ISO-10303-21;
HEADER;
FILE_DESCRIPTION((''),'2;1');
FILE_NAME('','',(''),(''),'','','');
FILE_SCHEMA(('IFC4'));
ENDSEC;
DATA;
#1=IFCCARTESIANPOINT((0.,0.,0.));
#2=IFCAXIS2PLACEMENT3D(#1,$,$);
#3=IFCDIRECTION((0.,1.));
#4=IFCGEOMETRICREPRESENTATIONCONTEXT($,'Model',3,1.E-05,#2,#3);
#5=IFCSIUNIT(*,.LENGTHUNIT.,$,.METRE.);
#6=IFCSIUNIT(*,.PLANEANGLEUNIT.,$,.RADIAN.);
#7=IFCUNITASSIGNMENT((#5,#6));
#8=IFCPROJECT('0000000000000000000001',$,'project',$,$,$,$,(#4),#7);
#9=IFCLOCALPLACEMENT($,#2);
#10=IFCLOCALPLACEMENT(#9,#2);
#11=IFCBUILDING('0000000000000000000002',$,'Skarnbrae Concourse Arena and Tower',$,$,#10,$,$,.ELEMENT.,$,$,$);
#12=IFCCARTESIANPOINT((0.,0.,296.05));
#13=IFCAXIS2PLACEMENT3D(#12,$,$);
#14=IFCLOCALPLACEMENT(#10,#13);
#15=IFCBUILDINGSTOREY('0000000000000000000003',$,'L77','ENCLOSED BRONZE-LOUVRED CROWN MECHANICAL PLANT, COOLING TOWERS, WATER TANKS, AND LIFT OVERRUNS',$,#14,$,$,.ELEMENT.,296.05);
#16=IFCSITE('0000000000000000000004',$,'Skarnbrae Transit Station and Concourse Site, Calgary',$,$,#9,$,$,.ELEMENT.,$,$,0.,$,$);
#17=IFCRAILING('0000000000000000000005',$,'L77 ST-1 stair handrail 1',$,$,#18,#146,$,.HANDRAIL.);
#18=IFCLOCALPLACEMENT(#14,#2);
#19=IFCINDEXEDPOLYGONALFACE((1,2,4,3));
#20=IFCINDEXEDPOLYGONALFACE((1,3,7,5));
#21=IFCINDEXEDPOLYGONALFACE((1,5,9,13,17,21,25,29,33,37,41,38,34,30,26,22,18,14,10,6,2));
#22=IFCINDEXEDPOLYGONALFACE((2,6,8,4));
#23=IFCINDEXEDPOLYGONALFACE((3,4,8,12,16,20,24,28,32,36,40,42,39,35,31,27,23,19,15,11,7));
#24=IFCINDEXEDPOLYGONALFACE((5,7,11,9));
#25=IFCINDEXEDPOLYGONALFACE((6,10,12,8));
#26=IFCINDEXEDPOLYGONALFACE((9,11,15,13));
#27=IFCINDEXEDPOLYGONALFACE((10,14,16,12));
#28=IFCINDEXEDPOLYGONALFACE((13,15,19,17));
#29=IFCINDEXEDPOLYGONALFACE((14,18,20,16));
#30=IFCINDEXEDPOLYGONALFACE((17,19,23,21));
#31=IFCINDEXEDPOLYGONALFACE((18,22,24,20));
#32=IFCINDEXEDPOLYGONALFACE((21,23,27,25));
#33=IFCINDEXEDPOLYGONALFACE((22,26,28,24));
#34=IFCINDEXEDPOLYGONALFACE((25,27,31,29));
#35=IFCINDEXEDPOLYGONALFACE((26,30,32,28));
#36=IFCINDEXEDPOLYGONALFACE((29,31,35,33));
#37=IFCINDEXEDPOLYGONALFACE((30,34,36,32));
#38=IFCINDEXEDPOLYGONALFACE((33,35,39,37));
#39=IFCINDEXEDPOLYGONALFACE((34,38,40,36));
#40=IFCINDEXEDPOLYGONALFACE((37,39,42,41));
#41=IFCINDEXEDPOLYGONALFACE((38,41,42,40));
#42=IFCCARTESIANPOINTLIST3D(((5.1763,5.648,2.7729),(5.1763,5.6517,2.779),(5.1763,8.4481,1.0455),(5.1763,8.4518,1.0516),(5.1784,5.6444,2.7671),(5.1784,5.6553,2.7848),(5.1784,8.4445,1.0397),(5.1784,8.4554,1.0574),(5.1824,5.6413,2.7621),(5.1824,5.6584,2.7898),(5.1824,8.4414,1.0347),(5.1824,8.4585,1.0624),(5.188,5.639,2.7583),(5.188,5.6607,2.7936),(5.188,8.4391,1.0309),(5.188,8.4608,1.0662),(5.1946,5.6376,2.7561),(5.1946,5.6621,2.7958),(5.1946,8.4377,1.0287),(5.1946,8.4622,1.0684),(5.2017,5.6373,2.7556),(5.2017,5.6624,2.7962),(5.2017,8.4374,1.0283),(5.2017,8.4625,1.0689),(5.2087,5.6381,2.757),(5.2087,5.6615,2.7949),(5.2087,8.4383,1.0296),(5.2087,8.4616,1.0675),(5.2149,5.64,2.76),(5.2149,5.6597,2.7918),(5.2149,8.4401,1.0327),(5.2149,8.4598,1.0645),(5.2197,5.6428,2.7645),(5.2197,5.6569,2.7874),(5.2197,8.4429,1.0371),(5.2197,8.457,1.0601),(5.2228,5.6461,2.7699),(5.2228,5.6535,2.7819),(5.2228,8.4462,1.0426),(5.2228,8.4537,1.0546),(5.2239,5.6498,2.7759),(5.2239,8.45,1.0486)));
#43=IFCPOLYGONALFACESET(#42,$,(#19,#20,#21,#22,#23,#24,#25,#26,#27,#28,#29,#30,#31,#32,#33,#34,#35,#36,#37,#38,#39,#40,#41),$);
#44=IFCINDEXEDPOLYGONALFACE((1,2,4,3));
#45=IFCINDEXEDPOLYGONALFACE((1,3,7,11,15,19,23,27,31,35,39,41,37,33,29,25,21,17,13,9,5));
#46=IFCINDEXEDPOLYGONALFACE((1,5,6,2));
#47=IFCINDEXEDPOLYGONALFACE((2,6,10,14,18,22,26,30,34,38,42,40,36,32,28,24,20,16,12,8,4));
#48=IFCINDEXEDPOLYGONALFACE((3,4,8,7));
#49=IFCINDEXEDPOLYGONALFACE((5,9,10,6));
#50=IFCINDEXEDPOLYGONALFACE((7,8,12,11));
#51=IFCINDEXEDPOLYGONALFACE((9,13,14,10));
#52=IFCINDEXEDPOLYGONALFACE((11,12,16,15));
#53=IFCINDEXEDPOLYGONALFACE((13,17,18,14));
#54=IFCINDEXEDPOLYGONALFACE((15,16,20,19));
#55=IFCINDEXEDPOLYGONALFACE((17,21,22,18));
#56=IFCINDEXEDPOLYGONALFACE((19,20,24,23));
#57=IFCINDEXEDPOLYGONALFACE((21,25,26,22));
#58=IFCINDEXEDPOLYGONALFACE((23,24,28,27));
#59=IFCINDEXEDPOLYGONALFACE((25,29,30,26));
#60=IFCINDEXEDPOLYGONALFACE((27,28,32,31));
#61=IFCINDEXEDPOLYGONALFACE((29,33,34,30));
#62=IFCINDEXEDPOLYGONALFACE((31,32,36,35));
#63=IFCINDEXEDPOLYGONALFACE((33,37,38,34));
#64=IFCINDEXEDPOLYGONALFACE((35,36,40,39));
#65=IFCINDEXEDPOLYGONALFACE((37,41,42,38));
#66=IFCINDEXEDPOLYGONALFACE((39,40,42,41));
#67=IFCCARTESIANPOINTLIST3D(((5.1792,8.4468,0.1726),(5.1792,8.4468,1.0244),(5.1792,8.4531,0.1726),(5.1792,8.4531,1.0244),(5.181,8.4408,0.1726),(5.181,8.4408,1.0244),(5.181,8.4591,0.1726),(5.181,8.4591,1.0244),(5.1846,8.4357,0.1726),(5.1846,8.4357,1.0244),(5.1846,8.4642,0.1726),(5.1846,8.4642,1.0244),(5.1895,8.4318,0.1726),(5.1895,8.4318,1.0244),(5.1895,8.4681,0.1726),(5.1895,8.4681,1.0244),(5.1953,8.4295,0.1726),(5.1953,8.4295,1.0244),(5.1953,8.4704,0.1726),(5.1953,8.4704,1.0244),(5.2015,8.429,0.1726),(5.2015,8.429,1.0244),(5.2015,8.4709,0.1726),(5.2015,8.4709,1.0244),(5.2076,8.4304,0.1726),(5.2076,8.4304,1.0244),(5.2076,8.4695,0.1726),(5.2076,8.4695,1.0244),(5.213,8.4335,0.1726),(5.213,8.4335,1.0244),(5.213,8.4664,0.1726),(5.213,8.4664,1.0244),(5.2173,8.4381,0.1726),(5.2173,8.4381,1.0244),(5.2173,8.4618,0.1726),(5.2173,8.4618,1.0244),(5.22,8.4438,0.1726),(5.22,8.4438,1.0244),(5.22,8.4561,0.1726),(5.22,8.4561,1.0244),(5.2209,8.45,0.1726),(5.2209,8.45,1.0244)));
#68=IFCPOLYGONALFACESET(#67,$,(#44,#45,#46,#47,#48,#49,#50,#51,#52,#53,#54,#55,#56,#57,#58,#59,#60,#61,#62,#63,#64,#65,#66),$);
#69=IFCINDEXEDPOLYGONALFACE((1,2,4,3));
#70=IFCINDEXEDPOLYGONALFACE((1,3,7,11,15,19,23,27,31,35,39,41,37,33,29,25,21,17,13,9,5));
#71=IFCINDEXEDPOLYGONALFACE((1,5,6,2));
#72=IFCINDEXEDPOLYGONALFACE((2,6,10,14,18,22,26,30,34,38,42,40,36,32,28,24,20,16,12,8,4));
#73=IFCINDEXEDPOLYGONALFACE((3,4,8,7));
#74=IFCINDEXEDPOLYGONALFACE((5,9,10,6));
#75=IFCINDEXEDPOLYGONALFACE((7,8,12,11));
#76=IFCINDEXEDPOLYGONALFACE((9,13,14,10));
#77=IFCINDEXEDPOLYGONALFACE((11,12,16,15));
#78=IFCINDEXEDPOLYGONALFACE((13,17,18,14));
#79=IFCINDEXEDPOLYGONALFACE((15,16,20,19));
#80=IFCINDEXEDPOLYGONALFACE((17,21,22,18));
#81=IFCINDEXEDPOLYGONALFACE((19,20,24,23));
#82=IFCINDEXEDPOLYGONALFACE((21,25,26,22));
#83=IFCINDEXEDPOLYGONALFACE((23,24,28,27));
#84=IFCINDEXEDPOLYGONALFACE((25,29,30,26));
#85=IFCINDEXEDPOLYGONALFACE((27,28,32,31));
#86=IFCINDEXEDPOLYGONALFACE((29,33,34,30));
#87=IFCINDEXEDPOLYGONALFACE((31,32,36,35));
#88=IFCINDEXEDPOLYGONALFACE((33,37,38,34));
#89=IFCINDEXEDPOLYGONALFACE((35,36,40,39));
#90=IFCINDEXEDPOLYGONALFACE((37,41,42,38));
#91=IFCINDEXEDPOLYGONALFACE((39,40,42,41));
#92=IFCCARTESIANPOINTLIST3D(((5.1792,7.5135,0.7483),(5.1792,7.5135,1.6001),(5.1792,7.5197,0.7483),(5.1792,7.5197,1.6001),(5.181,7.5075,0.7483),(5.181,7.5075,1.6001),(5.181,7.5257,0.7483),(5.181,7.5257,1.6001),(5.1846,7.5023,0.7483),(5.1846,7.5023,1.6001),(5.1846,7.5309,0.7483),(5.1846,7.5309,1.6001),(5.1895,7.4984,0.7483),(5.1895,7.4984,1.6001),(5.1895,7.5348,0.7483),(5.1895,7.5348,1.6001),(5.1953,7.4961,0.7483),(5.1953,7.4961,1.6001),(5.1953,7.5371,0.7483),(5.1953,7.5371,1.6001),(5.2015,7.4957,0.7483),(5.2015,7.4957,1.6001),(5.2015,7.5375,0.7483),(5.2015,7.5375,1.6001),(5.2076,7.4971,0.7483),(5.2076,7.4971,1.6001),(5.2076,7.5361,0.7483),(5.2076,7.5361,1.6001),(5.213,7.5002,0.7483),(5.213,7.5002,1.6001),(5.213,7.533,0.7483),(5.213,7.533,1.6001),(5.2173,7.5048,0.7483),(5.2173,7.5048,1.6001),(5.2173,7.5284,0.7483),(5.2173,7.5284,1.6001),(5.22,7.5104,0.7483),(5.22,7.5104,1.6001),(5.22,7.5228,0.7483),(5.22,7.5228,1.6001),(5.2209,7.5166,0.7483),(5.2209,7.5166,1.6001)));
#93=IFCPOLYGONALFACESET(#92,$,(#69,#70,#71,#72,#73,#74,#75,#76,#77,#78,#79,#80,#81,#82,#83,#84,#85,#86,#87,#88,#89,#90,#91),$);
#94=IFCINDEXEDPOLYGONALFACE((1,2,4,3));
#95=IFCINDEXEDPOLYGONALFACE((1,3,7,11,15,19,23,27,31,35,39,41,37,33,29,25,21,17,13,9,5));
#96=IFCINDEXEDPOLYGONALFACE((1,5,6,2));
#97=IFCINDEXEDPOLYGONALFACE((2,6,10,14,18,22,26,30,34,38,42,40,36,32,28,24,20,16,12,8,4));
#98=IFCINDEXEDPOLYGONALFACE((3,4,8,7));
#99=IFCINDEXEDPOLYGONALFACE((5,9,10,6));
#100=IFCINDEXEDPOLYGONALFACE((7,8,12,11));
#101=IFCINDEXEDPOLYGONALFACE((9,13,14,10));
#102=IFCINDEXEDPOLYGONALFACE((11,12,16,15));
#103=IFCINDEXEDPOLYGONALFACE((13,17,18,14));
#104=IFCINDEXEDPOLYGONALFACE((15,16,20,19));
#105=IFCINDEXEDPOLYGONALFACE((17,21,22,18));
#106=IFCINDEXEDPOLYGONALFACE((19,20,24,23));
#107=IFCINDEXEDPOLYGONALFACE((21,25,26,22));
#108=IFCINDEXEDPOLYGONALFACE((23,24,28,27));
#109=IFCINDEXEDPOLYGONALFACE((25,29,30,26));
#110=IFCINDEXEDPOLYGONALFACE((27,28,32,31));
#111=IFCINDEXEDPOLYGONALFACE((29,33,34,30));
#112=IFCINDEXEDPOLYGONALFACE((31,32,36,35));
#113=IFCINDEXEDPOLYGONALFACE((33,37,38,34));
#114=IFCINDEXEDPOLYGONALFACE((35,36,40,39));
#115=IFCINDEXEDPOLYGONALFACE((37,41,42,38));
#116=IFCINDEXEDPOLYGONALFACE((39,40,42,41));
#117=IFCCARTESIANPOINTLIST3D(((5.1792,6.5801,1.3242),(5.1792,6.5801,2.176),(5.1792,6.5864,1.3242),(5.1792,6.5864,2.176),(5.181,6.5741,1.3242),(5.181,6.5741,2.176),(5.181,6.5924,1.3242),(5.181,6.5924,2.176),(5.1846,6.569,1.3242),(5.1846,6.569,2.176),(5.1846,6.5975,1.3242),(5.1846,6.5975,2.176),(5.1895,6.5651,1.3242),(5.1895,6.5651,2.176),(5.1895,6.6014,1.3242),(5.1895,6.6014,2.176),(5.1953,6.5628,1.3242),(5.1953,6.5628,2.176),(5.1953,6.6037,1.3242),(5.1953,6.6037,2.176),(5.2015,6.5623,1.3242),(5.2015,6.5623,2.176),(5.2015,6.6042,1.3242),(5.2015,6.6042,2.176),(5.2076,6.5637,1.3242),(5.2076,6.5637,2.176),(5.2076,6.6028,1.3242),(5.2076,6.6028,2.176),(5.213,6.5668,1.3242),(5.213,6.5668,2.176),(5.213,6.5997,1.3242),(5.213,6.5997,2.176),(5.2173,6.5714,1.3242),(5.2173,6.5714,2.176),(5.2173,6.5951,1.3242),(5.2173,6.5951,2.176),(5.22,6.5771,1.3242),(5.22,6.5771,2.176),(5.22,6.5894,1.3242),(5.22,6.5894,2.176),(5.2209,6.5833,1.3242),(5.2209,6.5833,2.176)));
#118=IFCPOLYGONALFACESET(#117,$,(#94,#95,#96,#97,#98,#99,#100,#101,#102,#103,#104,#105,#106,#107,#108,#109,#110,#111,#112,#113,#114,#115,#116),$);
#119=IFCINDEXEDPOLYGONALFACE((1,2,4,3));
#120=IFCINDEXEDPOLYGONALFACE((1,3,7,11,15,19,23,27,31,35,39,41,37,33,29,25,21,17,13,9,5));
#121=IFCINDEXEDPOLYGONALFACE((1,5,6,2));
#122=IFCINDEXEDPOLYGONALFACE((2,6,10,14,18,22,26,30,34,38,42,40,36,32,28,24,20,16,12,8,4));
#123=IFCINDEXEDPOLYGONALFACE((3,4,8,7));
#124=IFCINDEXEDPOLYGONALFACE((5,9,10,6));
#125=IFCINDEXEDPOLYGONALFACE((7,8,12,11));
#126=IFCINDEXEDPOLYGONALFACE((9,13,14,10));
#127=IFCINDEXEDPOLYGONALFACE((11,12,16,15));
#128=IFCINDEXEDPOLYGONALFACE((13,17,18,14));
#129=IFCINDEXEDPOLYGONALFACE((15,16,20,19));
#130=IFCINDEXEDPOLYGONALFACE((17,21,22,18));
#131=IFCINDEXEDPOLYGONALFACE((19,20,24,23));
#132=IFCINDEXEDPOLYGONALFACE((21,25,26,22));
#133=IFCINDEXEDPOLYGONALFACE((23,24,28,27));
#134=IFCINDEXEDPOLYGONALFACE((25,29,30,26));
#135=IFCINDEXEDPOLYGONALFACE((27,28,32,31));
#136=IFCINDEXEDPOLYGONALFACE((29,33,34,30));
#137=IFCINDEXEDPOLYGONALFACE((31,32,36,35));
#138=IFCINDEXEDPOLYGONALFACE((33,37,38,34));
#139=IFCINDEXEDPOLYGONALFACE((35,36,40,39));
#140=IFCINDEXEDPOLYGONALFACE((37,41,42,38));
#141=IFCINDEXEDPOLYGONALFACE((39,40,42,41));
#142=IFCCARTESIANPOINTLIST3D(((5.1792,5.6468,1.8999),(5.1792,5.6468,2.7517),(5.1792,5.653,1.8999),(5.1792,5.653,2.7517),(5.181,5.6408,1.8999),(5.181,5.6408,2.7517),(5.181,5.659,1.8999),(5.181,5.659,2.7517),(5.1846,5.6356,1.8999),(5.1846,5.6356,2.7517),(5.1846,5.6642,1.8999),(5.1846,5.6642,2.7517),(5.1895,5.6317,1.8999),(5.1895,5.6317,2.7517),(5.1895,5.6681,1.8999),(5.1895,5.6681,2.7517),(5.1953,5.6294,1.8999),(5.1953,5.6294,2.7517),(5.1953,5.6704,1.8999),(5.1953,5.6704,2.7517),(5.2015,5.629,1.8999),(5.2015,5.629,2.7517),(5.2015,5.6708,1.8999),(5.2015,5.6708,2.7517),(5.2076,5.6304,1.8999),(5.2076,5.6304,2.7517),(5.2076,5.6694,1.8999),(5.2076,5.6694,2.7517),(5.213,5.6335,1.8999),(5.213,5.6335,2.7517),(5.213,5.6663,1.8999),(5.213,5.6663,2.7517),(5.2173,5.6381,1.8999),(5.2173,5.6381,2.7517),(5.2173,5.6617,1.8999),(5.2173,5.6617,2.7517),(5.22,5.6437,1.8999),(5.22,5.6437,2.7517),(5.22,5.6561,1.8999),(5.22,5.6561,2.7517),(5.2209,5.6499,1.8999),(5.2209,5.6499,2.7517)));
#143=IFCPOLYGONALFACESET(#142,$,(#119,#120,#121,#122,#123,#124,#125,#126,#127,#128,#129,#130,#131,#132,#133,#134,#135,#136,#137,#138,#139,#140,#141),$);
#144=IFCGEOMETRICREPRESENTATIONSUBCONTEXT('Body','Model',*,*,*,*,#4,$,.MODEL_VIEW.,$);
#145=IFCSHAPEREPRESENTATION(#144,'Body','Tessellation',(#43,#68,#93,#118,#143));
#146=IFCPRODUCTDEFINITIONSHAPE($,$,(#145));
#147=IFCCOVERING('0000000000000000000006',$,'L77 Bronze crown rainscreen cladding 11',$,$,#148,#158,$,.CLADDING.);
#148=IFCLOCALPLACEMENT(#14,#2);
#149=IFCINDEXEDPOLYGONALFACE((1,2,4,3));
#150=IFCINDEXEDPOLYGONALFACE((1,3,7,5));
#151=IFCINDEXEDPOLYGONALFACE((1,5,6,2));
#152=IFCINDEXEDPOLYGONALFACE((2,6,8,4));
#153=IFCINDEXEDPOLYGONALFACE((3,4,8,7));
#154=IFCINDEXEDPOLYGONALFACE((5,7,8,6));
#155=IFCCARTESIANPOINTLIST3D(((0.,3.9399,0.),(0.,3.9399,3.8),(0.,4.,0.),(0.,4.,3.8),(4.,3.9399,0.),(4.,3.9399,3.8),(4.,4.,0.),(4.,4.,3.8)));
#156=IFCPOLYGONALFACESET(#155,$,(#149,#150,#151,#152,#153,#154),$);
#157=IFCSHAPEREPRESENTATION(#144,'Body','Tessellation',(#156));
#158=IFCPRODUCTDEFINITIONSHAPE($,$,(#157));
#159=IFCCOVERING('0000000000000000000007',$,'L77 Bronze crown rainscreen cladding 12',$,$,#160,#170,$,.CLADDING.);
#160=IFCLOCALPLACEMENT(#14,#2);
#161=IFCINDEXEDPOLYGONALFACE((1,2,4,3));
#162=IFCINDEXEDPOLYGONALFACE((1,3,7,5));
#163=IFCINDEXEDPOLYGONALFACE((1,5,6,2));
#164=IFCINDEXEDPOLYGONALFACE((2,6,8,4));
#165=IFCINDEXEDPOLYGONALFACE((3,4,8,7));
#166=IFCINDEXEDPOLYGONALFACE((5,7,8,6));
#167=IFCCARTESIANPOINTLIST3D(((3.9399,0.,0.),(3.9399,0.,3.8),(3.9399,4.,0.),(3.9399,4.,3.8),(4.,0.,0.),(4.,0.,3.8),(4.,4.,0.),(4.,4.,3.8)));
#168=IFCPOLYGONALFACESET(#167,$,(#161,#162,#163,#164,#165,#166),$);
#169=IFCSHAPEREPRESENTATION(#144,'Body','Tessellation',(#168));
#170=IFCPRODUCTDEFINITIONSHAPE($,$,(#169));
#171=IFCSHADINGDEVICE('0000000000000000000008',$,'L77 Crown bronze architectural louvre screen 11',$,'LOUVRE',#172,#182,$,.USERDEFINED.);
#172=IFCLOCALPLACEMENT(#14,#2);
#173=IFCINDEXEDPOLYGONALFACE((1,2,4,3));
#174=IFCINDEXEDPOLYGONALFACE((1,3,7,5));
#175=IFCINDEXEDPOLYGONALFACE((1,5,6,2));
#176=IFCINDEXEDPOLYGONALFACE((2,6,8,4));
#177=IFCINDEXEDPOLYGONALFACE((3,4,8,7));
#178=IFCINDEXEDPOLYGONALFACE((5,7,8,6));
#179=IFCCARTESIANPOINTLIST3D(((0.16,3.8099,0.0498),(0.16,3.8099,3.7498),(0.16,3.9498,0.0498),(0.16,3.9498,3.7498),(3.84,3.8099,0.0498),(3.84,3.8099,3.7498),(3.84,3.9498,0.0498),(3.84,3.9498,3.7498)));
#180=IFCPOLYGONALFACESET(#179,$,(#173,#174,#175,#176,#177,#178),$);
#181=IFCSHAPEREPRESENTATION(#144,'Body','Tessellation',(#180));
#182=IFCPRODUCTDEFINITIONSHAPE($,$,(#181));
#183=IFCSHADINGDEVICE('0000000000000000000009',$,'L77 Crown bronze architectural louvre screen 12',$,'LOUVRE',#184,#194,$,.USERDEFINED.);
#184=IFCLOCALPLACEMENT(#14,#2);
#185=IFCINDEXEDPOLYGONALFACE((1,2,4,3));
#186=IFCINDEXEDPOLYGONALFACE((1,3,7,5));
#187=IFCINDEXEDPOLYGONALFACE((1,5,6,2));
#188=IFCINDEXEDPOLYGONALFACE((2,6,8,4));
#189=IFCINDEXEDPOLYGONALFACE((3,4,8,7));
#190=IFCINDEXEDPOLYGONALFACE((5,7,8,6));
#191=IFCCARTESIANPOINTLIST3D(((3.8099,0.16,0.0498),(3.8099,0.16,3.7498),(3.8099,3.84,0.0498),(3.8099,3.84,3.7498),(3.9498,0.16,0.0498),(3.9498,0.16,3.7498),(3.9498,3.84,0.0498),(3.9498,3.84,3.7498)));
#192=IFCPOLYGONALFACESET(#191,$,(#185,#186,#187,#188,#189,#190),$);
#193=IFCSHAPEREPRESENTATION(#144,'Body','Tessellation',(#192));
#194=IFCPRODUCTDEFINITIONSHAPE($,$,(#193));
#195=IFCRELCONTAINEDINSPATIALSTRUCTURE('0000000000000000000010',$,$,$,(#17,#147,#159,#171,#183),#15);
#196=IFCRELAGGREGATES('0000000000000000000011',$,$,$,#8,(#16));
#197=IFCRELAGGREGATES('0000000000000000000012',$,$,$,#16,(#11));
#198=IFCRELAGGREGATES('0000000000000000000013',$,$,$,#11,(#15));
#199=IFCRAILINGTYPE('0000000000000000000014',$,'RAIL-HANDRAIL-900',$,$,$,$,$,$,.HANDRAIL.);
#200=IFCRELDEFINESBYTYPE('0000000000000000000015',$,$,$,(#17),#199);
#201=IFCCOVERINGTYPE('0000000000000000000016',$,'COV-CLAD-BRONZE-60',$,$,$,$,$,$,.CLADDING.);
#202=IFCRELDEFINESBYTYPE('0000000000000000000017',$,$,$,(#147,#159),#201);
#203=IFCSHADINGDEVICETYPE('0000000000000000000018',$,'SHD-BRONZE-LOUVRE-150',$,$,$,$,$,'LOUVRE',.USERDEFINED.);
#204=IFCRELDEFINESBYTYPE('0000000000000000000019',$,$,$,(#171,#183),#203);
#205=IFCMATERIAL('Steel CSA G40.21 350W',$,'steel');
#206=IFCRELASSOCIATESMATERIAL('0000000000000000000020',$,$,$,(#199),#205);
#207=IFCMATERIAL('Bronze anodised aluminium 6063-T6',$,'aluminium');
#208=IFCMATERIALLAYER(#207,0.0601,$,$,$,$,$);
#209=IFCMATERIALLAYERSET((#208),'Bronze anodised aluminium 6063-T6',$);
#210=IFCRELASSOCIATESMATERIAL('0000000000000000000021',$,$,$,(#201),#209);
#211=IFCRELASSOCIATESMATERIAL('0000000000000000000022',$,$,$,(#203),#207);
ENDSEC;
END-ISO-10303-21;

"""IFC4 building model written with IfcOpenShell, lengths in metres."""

from ifc_helpers import new_model, si_unit, direction, frame, origin, origin_2d, place, context, subcontext, project, spatial, rectangle, circle, extrude, source, transform, mapped, material, layer, layer_set, type_object, element, save


model = new_model("IFC4")

# Units and contexts
model_context = context("Model", 3, precision=1e-05, world=origin(), true_north=direction((0.0, 1.0)))
body_context = subcontext(model_context, "Body", "Model", "MODEL_VIEW")
ifc_project = project(units=[si_unit("LENGTHUNIT", "METRE"), si_unit("PLANEANGLEUNIT", "RADIAN")], contexts=[model_context])

# Site, building, storey
site_placement = place(None, origin())
site = spatial("IfcSite", under=ifc_project, at=site_placement, Name="Skarnbrae Transit Station and Concourse Site, Calgary", CompositionType="ELEMENT", RefElevation=0.0)
building_placement = place(site_placement, origin())
building = spatial("IfcBuilding", under=site, at=building_placement, Name="Skarnbrae Concourse Arena and Tower", CompositionType="ELEMENT")
storey_placement = place(building_placement, frame((0.0, 0.0, 296.05)))
storey = spatial("IfcBuildingStorey", under=building, at=storey_placement, Name="L77", Description="ENCLOSED BRONZE-LOUVRED CROWN MECHANICAL PLANT, COOLING TOWERS, WATER TANKS, AND LIFT OVERRUNS", CompositionType="ELEMENT", Elevation=296.05)

# Shared definitions
ifc_material_1 = material(Name="Steel CSA G40.21 350W", Category="steel")

# Railing
railing_type = type_object("IfcRailingType", Name="RAIL-HANDRAIL-900", PredefinedType="HANDRAIL", material=ifc_material_1)
railing_placement = place(storey_placement, frame((5.2, 8.45, 0.1726)))
element("IfcRailing", 1, at=railing_placement, inside=storey, type_object=railing_type, Name="L77 ST-1 stair handrail 1", PredefinedType="HANDRAIL", context=body_context, shape_type="SweptSolid", body=[
    extrude(circle(Radius=0.0239, at=origin_2d()), frame((0.0, 0.0, 0.876), z_axis=(0.0, -0.85109, 0.52502), x_axis=(1.0, 0.0, 0.0)), (0.0, 0.0, 1.0), 3.29),
    extrude(circle(Radius=0.021, at=origin_2d()), origin(), (0.0, 0.0, 1.0), 0.8518),
    extrude(circle(Radius=0.021, at=origin_2d()), frame((0.0, -0.9333, 0.5757)), (0.0, 0.0, 1.0), 0.8518),
    extrude(circle(Radius=0.021, at=origin_2d()), frame((0.0, -1.8667, 1.1516)), (0.0, 0.0, 1.0), 0.8518),
    extrude(circle(Radius=0.021, at=origin_2d()), frame((0.0, -2.8, 1.7273)), (0.0, 0.0, 1.0), 0.8518),
])

# Coverings
ifc_material_2 = material(Name="Bronze anodised aluminium 6063-T6", Category="aluminium")
ifc_layer_1 = layer(ifc_material_2, 0.0601)
ifc_layer_set_1 = layer_set([ifc_layer_1], Name="Bronze anodised aluminium 6063-T6")
covering_type = type_object("IfcCoveringType", Name="COV-CLAD-BRONZE-60", PredefinedType="CLADDING", material=ifc_layer_set_1)
shared_shape_1 = source(origin(), body_context, "Body", "SweptSolid", [
    extrude(rectangle(XDim=4.0, YDim=0.0601, at=origin_2d()), origin(), (0.0, 0.0, 1.0), 3.8),
])
for number, where, z_axis, x_axis, name in (
    (2, (2.0, 3.97, 0.0), (0.0, 0.0, 1.0), (1.0, 0.0, 0.0), "L77 Bronze crown rainscreen cladding 11"),
    (3, (3.97, 2.0, 0.0), (0.0, 0.0, 1.0), (0.0, -1.0, 0.0), "L77 Bronze crown rainscreen cladding 12"),
):
    element("IfcCovering", number, at=place(storey_placement, frame(where, z_axis=z_axis, x_axis=x_axis)), inside=storey, type_object=covering_type, Name=name, PredefinedType="CLADDING", context=body_context, shape_type="MappedRepresentation", body=[
        mapped(shared_shape_1, transform((0.0, 0.0, 0.0))),
    ])

# Shading devices
shading_device_type = type_object("IfcShadingDeviceType", Name="SHD-BRONZE-LOUVRE-150", ElementType="LOUVRE", PredefinedType="USERDEFINED", material=ifc_material_2)
shared_shape_2 = source(origin(), body_context, "Body", "SweptSolid", [
    extrude(rectangle(XDim=3.6799, YDim=0.1399, at=origin_2d()), origin(), (0.0, 0.0, 1.0), 3.7),
])
for number, where, z_axis, x_axis, name in (
    (4, (2.0, 3.8799, 0.0498), (0.0, 0.0, 1.0), (1.0, 0.0, 0.0), "L77 Crown bronze architectural louvre screen 11"),
    (5, (3.8799, 2.0, 0.0498), (0.0, 0.0, 1.0), (0.0, -1.0, 0.0), "L77 Crown bronze architectural louvre screen 12"),
):
    element("IfcShadingDevice", number, at=place(storey_placement, frame(where, z_axis=z_axis, x_axis=x_axis)), inside=storey, type_object=shading_device_type, Name=name, ObjectType="LOUVRE", PredefinedType="USERDEFINED", context=body_context, shape_type="MappedRepresentation", body=[
        mapped(shared_shape_2, transform((0.0, 0.0, 0.0))),
    ])

save(model, "model.ifc")
